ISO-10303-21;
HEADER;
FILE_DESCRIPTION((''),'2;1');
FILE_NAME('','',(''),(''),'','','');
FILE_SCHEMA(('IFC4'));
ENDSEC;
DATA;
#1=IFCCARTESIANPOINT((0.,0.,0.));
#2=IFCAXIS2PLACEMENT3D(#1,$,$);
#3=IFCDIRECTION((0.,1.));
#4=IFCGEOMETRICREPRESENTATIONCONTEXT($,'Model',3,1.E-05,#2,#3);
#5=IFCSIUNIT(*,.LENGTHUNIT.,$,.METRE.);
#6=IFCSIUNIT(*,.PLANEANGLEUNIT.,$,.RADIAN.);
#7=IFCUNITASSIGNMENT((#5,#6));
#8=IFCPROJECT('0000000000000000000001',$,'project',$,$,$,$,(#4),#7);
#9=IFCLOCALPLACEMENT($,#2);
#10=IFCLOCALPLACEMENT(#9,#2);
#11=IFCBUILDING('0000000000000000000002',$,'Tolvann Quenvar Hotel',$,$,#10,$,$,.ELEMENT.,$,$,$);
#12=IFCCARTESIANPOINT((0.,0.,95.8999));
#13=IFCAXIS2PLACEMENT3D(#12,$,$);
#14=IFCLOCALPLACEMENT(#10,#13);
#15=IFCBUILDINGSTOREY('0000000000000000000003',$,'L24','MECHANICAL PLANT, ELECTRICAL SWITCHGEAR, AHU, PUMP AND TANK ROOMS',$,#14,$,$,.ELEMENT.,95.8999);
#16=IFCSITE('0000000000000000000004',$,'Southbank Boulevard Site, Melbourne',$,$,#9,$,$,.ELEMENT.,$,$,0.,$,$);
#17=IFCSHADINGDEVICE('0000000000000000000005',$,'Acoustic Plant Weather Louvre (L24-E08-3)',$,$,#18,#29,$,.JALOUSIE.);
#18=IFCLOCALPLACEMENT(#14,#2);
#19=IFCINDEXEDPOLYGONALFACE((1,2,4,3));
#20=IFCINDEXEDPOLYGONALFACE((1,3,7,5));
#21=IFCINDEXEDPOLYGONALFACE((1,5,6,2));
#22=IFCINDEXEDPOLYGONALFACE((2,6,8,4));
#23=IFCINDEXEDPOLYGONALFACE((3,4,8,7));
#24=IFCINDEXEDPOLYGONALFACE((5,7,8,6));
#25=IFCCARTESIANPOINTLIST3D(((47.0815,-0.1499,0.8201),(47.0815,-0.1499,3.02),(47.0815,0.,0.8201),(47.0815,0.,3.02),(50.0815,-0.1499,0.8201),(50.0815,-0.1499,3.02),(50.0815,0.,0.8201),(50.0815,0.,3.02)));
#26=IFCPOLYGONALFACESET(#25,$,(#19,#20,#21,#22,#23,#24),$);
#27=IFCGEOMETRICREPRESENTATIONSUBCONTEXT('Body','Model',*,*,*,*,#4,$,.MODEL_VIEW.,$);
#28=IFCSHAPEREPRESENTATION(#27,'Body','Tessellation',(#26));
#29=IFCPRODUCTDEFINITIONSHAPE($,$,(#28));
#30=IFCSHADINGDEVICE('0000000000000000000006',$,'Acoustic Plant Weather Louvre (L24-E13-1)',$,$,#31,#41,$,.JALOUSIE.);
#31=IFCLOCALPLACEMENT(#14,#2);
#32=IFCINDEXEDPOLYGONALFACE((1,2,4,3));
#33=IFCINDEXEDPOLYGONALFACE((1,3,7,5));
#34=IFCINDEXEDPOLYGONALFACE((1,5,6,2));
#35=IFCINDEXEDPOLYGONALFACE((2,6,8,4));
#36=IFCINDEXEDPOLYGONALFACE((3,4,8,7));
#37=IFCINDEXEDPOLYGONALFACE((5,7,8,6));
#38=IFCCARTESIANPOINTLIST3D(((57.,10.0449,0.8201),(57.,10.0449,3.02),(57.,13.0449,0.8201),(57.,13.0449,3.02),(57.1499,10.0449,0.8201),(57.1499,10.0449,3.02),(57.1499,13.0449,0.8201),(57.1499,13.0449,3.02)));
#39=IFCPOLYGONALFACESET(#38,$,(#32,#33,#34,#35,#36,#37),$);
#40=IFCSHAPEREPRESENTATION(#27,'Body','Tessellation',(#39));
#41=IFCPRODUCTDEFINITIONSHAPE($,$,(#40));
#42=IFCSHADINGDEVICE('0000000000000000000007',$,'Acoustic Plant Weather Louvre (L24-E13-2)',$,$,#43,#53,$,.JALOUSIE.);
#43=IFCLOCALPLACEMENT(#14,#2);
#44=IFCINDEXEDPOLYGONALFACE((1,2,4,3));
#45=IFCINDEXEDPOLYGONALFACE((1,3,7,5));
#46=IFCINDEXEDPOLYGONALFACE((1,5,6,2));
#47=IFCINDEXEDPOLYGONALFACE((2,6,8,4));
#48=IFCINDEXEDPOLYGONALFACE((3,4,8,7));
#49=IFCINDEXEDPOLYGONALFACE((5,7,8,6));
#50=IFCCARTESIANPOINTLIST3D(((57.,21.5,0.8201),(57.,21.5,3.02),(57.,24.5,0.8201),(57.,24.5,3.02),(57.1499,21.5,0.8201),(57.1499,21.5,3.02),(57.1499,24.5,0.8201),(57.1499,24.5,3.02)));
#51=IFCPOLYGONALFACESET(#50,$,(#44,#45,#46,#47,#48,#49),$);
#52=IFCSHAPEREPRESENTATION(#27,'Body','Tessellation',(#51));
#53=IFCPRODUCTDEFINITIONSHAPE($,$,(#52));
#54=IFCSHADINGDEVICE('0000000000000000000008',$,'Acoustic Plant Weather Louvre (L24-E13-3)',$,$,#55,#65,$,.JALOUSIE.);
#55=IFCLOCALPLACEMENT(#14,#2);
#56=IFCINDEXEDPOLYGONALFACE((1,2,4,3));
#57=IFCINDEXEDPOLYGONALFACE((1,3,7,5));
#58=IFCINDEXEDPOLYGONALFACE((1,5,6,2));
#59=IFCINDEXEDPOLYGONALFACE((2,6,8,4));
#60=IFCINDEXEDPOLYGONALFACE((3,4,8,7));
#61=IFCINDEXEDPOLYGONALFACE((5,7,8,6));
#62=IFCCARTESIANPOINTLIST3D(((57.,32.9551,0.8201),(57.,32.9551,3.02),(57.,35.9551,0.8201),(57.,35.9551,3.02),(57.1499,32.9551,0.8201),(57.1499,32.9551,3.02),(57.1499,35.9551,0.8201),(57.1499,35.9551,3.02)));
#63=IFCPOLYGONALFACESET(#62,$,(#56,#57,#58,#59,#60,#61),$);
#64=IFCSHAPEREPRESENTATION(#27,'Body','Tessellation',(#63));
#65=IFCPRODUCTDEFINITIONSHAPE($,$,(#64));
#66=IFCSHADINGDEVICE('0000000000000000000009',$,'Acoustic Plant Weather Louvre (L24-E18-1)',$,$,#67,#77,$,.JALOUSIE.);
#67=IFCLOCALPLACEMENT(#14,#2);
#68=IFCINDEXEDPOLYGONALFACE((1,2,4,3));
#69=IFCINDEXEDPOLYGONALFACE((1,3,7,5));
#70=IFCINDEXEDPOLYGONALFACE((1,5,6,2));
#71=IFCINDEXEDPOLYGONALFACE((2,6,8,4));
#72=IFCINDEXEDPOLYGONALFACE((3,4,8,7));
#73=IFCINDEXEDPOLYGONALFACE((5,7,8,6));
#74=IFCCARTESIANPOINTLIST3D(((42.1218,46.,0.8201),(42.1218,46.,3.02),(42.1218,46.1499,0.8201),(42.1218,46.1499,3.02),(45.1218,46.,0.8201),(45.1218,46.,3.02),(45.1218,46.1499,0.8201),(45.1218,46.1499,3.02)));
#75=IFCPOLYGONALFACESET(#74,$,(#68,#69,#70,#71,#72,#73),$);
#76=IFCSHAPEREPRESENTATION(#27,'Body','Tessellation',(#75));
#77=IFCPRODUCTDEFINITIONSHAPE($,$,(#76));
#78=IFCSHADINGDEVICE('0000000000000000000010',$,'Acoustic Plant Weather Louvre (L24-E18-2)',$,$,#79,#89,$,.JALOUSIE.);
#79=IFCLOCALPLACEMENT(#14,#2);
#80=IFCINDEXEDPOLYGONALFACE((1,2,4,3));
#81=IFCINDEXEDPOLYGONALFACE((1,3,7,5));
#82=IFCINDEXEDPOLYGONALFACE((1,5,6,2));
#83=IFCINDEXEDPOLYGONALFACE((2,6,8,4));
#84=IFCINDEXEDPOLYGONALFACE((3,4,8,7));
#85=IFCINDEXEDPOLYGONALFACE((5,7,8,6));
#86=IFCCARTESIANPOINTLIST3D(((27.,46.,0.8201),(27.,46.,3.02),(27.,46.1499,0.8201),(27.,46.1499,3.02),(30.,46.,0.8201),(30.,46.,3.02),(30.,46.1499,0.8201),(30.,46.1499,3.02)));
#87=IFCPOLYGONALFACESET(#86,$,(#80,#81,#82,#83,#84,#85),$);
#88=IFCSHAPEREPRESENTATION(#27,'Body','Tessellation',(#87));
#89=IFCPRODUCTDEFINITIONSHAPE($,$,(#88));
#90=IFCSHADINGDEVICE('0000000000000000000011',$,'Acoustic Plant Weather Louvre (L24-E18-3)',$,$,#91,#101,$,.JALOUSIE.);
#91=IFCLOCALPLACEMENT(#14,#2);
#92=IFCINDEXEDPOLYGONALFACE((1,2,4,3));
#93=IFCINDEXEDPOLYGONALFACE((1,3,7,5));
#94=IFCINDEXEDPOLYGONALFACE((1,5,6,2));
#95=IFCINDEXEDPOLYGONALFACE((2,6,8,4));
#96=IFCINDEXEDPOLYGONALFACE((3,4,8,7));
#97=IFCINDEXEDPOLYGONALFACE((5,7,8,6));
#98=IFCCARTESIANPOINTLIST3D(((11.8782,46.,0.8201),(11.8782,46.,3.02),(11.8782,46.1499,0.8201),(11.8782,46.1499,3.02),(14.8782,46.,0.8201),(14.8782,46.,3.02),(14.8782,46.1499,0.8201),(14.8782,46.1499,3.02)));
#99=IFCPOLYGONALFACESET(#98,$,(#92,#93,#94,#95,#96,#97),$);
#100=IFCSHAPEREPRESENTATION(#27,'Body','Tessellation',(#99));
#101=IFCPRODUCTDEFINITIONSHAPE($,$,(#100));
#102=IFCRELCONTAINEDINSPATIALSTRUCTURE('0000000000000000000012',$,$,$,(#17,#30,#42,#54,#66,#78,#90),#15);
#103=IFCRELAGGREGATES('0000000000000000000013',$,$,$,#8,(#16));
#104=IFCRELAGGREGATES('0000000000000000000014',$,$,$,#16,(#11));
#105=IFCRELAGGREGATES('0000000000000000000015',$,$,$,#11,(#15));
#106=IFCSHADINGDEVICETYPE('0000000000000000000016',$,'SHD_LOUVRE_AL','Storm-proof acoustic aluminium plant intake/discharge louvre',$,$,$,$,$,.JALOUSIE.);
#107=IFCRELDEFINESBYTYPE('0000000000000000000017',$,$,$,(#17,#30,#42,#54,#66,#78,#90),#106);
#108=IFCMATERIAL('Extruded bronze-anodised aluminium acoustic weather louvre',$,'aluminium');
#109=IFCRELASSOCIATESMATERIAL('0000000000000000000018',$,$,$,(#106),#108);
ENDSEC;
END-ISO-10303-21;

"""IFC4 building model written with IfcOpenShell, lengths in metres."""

from ifc_helpers import new_model, si_unit, direction, frame, origin, place, context, subcontext, project, spatial, polyline, outline, extrude, material, type_object, element, save


model = new_model("IFC4")

# Units and contexts
model_context = context("Model", 3, precision=1e-05, world=origin(), true_north=direction((0.0, 1.0)))
body_context = subcontext(model_context, "Body", "Model", "MODEL_VIEW")
ifc_project = project(units=[si_unit("LENGTHUNIT", "METRE"), si_unit("PLANEANGLEUNIT", "RADIAN")], contexts=[model_context])

# Site, building, storey
site_placement = place(None, origin())
site = spatial("IfcSite", under=ifc_project, at=site_placement, Name="Southbank Boulevard Site, Melbourne", CompositionType="ELEMENT", RefElevation=0.0)
building_placement = place(site_placement, origin())
building = spatial("IfcBuilding", under=site, at=building_placement, Name="Tolvann Quenvar Hotel", CompositionType="ELEMENT")
storey_placement = place(building_placement, frame((0.0, 0.0, 95.8999)))
storey = spatial("IfcBuildingStorey", under=building, at=storey_placement, Name="L24", Description="MECHANICAL PLANT, ELECTRICAL SWITCHGEAR, AHU, PUMP AND TANK ROOMS", CompositionType="ELEMENT", Elevation=95.8999)

# Shading devices
ifc_material_1 = material(Name="Extruded bronze-anodised aluminium acoustic weather louvre", Category="aluminium")
shading_device_type = type_object("IfcShadingDeviceType", Name="SHD_LOUVRE_AL", Description="Storm-proof acoustic aluminium plant intake/discharge louvre", PredefinedType="JALOUSIE", material=ifc_material_1)
shading_device_1_placement = place(storey_placement, frame((0.0, 0.0, 0.8201)))
element("IfcShadingDevice", 1, at=shading_device_1_placement, inside=storey, type_object=shading_device_type, Name="Acoustic Plant Weather Louvre (L24-E08-3)", PredefinedType="JALOUSIE", context=body_context, shape_type="SweptSolid", body=[
    extrude(outline(polyline([(47.0815, 0.0), (50.0815, 0.0), (50.0815, -0.1499), (47.0815, -0.1499), (47.0815, 0.0)])), origin(), (0.0, 0.0, 1.0), 2.2),
])
shading_device_2_placement = place(storey_placement, frame((0.0, 0.0, 0.8201)))
element("IfcShadingDevice", 2, at=shading_device_2_placement, inside=storey, type_object=shading_device_type, Name="Acoustic Plant Weather Louvre (L24-E13-1)", PredefinedType="JALOUSIE", context=body_context, shape_type="SweptSolid", body=[
    extrude(outline(polyline([(57.0, 10.0449), (57.0, 13.0449), (57.1499, 13.0449), (57.1499, 10.0449), (57.0, 10.0449)])), origin(), (0.0, 0.0, 1.0), 2.2),
])
shading_device_3_placement = place(storey_placement, frame((0.0, 0.0, 0.8201)))
element("IfcShadingDevice", 3, at=shading_device_3_placement, inside=storey, type_object=shading_device_type, Name="Acoustic Plant Weather Louvre (L24-E13-2)", PredefinedType="JALOUSIE", context=body_context, shape_type="SweptSolid", body=[
    extrude(outline(polyline([(57.0, 21.5), (57.0, 24.5), (57.1499, 24.5), (57.1499, 21.5), (57.0, 21.5)])), origin(), (0.0, 0.0, 1.0), 2.2),
])
shading_device_4_placement = place(storey_placement, frame((0.0, 0.0, 0.8201)))
element("IfcShadingDevice", 4, at=shading_device_4_placement, inside=storey, type_object=shading_device_type, Name="Acoustic Plant Weather Louvre (L24-E13-3)", PredefinedType="JALOUSIE", context=body_context, shape_type="SweptSolid", body=[
    extrude(outline(polyline([(57.0, 32.9551), (57.0, 35.9551), (57.1499, 35.9551), (57.1499, 32.9551), (57.0, 32.9551)])), origin(), (0.0, 0.0, 1.0), 2.2),
])
shading_device_5_placement = place(storey_placement, frame((0.0, 0.0, 0.8201)))
element("IfcShadingDevice", 5, at=shading_device_5_placement, inside=storey, type_object=shading_device_type, Name="Acoustic Plant Weather Louvre (L24-E18-1)", PredefinedType="JALOUSIE", context=body_context, shape_type="SweptSolid", body=[
    extrude(outline(polyline([(45.1218, 46.0), (42.1218, 46.0), (42.1218, 46.1499), (45.1218, 46.1499), (45.1218, 46.0)])), origin(), (0.0, 0.0, 1.0), 2.2),
])
shading_device_6_placement = place(storey_placement, frame((0.0, 0.0, 0.8201)))
element("IfcShadingDevice", 6, at=shading_device_6_placement, inside=storey, type_object=shading_device_type, Name="Acoustic Plant Weather Louvre (L24-E18-2)", PredefinedType="JALOUSIE", context=body_context, shape_type="SweptSolid", body=[
    extrude(outline(polyline([(30.0, 46.0), (27.0, 46.0), (27.0, 46.1499), (30.0, 46.1499), (30.0, 46.0)])), origin(), (0.0, 0.0, 1.0), 2.2),
])
shading_device_7_placement = place(storey_placement, frame((0.0, 0.0, 0.8201)))
element("IfcShadingDevice", 7, at=shading_device_7_placement, inside=storey, type_object=shading_device_type, Name="Acoustic Plant Weather Louvre (L24-E18-3)", PredefinedType="JALOUSIE", context=body_context, shape_type="SweptSolid", body=[
    extrude(outline(polyline([(14.8782, 46.0), (11.8782, 46.0), (11.8782, 46.1499), (14.8782, 46.1499), (14.8782, 46.0)])), origin(), (0.0, 0.0, 1.0), 2.2),
])

save(model, "model.ifc")
